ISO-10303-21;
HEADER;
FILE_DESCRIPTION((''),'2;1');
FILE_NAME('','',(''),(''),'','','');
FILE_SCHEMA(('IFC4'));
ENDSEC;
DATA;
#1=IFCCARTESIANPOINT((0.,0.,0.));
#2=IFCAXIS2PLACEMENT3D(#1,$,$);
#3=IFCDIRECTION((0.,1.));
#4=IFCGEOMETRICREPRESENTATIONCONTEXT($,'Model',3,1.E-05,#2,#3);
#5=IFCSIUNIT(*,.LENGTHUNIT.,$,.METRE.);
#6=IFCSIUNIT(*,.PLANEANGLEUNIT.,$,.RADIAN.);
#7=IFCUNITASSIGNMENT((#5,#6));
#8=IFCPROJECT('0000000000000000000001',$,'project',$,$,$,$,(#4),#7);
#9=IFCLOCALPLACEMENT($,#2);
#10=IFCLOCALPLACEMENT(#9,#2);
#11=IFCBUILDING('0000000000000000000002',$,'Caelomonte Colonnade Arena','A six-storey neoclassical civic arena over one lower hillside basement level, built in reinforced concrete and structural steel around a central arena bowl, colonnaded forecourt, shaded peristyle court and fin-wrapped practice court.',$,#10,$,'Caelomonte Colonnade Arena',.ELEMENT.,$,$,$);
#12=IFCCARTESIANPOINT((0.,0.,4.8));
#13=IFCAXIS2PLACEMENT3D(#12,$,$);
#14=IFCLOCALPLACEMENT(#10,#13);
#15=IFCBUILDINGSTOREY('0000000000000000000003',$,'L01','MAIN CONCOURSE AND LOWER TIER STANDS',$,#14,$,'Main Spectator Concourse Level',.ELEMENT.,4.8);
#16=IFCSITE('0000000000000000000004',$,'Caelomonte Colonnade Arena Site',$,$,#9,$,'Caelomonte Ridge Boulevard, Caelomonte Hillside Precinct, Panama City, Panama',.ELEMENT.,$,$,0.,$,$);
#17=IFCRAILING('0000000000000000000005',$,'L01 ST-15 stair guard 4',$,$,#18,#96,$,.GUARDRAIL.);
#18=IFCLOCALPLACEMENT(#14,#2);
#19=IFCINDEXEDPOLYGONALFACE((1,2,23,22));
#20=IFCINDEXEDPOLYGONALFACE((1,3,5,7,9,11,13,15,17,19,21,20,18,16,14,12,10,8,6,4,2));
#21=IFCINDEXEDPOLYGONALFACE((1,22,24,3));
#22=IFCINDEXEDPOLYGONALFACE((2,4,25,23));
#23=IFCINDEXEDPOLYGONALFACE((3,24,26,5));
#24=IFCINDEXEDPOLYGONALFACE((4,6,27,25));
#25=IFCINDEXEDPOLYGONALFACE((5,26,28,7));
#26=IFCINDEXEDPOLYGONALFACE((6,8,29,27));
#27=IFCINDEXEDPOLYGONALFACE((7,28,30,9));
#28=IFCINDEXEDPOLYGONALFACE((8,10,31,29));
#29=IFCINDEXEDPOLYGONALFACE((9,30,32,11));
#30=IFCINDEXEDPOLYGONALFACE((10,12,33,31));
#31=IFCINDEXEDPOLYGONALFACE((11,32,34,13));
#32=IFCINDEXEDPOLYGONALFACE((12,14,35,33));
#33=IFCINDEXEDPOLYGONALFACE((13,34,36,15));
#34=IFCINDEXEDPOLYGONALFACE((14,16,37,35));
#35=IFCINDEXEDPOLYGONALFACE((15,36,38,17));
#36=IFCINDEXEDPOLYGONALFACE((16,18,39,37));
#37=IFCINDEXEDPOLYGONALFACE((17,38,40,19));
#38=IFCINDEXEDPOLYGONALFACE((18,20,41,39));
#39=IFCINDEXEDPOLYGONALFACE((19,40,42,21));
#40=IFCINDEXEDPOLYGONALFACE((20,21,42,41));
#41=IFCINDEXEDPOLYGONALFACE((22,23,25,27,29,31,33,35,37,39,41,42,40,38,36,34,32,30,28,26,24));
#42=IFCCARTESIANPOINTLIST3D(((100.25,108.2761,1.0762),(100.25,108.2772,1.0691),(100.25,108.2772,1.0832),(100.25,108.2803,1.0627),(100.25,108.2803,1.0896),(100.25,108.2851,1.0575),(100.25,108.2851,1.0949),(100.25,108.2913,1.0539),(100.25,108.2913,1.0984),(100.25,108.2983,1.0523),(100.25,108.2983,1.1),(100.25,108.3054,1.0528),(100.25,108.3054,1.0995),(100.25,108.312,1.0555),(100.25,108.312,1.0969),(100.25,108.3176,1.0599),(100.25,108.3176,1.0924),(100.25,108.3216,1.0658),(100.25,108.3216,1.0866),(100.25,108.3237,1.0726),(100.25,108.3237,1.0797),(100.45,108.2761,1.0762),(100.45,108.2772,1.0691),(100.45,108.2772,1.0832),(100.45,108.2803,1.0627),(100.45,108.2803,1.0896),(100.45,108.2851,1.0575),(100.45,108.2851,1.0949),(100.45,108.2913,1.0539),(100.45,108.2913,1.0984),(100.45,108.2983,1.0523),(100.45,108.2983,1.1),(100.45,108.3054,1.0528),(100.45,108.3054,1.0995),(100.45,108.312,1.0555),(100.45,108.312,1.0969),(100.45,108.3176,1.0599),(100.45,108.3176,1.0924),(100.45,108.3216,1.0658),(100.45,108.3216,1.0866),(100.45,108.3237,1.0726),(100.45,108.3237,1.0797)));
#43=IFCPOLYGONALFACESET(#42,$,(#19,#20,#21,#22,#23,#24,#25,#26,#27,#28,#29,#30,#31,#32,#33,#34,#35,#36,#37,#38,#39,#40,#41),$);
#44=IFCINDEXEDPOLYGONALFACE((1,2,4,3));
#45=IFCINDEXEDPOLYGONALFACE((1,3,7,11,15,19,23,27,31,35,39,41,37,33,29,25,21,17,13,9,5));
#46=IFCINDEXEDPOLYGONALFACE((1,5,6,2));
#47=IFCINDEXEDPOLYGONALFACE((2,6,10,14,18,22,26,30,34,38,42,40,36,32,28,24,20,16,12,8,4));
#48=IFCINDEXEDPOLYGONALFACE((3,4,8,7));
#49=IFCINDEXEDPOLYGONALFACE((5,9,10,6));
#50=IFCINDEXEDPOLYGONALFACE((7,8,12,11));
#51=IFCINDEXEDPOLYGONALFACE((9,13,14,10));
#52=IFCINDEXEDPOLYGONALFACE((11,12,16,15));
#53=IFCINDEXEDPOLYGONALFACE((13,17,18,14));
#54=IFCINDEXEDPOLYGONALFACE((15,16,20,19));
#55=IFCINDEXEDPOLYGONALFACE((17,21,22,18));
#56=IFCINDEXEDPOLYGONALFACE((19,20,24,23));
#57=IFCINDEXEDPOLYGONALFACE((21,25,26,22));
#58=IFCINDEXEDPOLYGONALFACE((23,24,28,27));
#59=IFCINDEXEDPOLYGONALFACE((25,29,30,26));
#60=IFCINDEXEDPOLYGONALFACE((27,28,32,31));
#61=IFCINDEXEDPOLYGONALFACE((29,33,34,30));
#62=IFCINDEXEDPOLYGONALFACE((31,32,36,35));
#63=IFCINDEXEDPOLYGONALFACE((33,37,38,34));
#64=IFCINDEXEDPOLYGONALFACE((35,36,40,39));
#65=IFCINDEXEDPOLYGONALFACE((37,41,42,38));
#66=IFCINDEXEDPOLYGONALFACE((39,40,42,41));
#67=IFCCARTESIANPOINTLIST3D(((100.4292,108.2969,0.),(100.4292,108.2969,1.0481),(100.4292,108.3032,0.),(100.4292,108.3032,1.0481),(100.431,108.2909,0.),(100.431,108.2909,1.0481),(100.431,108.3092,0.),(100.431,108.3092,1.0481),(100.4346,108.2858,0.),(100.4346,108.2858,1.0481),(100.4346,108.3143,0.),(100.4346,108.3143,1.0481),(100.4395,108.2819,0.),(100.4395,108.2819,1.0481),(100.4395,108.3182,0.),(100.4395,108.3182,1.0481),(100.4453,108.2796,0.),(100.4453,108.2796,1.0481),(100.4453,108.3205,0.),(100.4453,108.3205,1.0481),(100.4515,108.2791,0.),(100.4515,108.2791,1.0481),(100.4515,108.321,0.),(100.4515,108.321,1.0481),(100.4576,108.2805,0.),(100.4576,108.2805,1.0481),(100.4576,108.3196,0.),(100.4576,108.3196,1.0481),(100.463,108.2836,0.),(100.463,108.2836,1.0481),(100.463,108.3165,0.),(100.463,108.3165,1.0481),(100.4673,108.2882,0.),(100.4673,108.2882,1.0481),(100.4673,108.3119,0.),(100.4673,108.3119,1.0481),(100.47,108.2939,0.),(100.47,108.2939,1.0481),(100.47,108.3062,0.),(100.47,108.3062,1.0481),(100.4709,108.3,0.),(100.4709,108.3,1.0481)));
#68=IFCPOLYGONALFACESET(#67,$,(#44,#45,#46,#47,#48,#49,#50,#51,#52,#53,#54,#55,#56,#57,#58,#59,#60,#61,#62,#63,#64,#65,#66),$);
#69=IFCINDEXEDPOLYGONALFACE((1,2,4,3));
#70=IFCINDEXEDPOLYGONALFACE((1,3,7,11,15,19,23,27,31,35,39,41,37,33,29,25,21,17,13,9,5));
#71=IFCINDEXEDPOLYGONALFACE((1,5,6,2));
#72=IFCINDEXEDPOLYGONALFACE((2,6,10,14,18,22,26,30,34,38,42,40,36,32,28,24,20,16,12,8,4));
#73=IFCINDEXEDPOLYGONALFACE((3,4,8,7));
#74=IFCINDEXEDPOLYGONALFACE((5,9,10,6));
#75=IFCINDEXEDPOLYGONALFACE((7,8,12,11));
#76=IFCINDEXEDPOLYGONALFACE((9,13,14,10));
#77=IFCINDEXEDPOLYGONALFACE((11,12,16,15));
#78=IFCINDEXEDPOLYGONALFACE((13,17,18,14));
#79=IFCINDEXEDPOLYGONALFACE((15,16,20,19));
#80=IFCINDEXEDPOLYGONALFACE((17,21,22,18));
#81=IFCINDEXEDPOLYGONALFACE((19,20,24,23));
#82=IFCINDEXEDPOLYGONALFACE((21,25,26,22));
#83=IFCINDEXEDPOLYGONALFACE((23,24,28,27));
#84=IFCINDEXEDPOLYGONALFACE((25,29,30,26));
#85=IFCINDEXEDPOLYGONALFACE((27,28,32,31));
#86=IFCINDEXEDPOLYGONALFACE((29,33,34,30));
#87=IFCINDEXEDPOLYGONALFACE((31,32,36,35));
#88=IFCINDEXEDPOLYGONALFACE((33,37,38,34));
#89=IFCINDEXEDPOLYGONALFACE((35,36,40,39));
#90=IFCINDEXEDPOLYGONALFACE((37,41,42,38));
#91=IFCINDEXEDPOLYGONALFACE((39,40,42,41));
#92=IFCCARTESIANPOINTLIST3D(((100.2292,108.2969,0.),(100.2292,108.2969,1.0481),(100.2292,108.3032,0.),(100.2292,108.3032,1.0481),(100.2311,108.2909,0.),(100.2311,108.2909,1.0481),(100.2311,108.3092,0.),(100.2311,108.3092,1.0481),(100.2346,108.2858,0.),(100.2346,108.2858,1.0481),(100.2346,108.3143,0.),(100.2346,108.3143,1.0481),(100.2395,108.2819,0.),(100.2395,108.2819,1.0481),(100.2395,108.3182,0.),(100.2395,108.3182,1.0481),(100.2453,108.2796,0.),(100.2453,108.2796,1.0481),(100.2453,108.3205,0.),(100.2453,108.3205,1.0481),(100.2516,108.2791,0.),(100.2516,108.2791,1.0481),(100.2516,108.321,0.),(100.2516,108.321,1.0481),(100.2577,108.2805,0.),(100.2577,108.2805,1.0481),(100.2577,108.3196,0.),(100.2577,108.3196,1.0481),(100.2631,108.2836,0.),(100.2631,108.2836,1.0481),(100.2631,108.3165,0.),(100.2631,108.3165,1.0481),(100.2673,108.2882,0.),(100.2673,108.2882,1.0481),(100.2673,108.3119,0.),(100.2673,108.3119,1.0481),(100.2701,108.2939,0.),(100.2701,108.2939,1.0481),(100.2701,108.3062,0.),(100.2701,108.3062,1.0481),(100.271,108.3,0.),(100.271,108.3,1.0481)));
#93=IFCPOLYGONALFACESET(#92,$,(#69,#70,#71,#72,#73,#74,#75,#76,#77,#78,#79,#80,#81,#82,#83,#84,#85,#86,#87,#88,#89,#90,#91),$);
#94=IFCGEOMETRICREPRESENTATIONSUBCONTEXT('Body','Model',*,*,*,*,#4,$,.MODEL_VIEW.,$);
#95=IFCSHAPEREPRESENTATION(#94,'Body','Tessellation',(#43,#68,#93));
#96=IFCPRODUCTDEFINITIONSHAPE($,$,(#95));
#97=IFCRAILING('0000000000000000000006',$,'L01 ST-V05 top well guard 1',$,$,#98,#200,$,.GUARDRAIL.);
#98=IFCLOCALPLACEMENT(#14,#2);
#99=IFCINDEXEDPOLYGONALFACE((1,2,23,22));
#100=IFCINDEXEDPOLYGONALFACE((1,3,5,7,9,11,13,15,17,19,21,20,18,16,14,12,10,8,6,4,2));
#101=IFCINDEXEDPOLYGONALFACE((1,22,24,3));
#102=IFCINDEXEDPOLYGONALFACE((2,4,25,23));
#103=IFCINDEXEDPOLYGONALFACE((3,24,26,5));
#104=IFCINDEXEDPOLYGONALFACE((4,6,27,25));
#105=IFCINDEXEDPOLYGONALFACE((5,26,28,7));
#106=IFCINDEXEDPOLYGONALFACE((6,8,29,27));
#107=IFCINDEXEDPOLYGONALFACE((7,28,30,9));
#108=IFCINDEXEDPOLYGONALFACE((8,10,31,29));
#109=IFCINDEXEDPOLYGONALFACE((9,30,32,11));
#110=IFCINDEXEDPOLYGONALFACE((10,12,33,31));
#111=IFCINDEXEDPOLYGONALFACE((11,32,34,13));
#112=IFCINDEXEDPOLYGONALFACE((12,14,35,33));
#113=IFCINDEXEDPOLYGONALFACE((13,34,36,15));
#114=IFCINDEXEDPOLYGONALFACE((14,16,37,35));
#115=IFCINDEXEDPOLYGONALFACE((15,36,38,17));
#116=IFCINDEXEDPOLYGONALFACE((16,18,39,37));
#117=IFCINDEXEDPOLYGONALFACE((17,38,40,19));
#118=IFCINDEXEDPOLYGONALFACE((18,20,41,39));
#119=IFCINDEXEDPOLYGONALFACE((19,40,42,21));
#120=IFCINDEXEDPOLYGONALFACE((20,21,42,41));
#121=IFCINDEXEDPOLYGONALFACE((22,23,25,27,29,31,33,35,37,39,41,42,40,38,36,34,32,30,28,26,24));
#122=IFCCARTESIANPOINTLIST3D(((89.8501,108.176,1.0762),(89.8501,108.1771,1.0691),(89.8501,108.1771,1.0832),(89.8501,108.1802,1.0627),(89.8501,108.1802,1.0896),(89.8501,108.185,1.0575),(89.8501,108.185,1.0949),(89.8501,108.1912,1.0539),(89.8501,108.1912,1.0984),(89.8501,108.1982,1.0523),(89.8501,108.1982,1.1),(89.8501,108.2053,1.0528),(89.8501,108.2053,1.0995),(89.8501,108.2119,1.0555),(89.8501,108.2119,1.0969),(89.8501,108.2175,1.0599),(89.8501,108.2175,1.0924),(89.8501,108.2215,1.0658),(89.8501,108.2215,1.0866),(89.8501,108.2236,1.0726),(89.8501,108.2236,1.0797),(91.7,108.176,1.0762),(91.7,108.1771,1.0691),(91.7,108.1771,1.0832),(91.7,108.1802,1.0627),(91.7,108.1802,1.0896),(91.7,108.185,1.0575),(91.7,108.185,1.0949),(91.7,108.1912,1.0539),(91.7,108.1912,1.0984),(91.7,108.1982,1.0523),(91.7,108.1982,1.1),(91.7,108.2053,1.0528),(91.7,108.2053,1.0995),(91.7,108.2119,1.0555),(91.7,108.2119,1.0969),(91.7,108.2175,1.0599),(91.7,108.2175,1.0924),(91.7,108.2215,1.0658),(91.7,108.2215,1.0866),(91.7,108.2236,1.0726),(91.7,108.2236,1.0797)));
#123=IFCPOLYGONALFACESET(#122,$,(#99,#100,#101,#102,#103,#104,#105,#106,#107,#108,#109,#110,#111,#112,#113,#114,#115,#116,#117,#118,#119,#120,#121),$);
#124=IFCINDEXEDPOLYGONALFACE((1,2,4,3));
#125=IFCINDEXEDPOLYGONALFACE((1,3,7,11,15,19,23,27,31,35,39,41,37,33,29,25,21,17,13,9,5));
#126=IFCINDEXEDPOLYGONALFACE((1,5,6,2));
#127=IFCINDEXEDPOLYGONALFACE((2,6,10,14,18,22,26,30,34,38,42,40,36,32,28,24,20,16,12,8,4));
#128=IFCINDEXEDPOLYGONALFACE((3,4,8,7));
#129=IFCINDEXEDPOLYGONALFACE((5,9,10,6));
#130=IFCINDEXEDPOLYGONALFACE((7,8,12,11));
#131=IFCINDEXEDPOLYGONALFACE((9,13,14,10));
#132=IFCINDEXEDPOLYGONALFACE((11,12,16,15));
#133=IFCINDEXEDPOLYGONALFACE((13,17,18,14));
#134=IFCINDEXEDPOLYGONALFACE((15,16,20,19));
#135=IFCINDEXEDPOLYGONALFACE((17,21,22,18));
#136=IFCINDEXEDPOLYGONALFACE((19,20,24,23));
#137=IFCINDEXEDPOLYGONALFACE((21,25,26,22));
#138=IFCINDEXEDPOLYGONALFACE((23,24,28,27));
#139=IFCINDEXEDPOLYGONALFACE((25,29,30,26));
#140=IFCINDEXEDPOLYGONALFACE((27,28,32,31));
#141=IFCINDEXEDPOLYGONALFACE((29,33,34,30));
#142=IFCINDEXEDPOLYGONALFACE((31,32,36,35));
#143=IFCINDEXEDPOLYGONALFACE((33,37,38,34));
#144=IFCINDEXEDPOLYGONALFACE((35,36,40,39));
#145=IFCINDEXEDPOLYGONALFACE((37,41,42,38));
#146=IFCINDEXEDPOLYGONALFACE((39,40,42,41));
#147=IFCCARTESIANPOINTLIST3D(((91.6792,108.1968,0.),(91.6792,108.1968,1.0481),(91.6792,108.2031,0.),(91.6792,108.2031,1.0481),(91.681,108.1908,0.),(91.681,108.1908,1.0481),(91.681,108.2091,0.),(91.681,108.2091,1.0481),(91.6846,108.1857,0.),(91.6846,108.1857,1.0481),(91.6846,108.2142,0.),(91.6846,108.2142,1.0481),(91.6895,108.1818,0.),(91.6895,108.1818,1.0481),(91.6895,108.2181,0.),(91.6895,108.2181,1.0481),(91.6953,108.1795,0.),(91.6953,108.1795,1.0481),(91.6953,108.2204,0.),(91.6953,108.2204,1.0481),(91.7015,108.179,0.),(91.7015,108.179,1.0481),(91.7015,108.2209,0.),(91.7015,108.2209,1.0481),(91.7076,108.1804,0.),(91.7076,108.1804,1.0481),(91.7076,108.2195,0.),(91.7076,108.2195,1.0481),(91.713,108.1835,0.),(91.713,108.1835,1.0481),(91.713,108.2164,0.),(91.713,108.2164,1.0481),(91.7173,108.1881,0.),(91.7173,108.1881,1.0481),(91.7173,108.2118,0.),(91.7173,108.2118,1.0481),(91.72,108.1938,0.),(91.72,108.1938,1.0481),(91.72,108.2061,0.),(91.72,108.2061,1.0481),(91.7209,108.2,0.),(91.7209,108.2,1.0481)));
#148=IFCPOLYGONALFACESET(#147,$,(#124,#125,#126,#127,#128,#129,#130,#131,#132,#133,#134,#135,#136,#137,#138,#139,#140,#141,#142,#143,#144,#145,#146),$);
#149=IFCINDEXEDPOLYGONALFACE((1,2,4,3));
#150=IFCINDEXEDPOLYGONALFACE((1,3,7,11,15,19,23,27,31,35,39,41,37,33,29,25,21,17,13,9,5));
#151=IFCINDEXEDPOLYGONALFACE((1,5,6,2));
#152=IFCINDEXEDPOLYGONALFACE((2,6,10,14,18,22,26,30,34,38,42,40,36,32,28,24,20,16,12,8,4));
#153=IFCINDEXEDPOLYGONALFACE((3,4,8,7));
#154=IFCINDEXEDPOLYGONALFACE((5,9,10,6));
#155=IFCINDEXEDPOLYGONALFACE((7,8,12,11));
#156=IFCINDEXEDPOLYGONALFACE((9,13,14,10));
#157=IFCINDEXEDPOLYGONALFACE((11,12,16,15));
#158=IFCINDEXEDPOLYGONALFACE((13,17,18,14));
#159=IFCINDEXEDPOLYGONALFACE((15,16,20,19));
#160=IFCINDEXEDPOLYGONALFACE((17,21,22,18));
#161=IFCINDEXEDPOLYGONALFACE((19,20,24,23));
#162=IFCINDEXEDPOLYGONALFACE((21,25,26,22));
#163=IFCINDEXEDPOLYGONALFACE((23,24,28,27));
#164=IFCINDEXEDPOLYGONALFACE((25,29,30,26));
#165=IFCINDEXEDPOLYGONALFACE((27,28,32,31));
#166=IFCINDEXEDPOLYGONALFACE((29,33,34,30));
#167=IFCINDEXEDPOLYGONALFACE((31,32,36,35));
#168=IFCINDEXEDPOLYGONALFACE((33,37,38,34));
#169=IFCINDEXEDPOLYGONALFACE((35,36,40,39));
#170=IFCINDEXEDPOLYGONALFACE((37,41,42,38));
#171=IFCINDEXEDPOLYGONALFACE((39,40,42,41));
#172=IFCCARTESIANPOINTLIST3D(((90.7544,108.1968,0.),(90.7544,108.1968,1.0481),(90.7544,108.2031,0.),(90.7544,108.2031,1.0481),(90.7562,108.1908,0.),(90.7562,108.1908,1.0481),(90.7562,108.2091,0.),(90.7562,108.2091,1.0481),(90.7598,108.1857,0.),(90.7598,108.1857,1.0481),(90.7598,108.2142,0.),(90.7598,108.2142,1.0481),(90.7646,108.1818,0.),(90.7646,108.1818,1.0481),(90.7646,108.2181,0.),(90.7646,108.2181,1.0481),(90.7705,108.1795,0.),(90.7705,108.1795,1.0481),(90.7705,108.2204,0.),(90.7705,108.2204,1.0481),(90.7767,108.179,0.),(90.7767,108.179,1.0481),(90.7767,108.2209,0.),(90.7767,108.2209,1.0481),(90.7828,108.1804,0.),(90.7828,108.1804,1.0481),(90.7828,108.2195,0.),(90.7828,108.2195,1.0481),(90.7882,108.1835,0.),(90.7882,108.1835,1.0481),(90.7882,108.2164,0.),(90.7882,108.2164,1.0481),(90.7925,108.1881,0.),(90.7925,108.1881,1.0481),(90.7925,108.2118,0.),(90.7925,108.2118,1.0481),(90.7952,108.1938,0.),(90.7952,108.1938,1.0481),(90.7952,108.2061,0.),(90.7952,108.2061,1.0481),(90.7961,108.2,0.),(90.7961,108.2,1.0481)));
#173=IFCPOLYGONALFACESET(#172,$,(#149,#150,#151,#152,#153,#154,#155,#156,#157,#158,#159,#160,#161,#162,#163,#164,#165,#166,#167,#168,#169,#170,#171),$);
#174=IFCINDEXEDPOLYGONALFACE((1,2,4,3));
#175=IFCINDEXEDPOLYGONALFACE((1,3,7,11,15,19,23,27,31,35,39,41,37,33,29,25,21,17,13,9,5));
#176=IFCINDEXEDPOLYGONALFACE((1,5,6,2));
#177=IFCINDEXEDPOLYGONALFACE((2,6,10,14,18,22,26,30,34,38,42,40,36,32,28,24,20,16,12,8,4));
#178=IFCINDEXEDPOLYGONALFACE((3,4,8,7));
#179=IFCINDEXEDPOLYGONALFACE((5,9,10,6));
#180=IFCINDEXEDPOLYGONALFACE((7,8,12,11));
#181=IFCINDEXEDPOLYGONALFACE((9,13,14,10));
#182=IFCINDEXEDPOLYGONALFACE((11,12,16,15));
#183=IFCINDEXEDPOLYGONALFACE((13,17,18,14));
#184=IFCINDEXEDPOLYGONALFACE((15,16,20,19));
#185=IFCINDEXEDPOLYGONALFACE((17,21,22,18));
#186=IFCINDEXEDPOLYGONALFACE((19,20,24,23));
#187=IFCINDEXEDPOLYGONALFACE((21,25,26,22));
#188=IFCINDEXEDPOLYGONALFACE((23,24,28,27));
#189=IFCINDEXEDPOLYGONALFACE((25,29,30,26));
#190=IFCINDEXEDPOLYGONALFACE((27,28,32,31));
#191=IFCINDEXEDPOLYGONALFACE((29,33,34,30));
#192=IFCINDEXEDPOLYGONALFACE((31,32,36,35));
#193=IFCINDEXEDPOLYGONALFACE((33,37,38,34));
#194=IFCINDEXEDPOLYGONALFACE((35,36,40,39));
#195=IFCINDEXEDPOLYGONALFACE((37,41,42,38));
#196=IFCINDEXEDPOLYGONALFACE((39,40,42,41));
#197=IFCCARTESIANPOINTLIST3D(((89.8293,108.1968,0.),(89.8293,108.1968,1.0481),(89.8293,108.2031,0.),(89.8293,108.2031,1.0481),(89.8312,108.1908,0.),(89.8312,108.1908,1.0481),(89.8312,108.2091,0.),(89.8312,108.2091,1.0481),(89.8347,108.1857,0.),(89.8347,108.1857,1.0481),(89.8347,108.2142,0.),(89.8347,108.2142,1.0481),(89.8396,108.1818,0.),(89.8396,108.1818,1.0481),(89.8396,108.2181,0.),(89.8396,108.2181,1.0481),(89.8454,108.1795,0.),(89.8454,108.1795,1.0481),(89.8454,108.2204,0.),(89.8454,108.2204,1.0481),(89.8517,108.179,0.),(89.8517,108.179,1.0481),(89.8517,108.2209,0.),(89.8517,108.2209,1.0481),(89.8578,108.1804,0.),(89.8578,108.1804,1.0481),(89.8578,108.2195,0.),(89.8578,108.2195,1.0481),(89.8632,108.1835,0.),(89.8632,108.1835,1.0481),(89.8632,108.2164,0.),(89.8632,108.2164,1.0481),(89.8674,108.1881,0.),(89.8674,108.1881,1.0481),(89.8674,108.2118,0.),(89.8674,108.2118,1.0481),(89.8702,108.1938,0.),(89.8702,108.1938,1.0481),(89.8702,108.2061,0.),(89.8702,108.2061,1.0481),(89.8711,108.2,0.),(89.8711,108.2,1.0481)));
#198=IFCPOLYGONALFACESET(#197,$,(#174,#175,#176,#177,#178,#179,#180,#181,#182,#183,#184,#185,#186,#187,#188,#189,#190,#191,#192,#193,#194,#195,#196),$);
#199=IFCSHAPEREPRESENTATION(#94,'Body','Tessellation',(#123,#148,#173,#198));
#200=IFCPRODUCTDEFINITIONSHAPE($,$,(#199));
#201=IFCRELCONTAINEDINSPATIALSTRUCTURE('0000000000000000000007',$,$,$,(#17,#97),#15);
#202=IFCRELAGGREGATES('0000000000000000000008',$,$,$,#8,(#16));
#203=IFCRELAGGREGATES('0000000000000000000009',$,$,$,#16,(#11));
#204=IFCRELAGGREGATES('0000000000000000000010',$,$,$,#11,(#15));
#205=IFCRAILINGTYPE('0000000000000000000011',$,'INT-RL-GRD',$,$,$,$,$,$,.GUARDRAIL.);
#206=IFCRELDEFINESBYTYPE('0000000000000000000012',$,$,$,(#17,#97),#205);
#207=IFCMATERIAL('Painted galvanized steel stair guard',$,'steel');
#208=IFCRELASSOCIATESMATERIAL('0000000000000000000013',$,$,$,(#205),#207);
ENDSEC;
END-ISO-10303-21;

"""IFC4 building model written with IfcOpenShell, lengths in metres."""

from ifc_helpers import new_model, si_unit, direction, frame, origin, origin_2d, place, context, subcontext, project, spatial, circle, extrude, material, type_object, element, save


model = new_model("IFC4")

# Units and contexts
model_context = context("Model", 3, precision=1e-05, world=origin(), true_north=direction((0.0, 1.0)))
body_context = subcontext(model_context, "Body", "Model", "MODEL_VIEW")
ifc_project = project(units=[si_unit("LENGTHUNIT", "METRE"), si_unit("PLANEANGLEUNIT", "RADIAN")], contexts=[model_context])

# Site, building, storey
site_placement = place(None, origin())
site = spatial("IfcSite", under=ifc_project, at=site_placement, Name="Caelomonte Colonnade Arena Site", LongName="Caelomonte Ridge Boulevard, Caelomonte Hillside Precinct, Panama City, Panama", CompositionType="ELEMENT", RefElevation=0.0)
building_placement = place(site_placement, origin())
building = spatial("IfcBuilding", under=site, at=building_placement, Name="Caelomonte Colonnade Arena", Description="A six-storey neoclassical civic arena over one lower hillside basement level, built in reinforced concrete and structural steel around a central arena bowl, colonnaded forecourt, shaded peristyle court and fin-wrapped practice court.", LongName="Caelomonte Colonnade Arena", CompositionType="ELEMENT")
storey_placement = place(building_placement, frame((0.0, 0.0, 4.8)))
storey = spatial("IfcBuildingStorey", under=building, at=storey_placement, Name="L01", Description="MAIN CONCOURSE AND LOWER TIER STANDS", LongName="Main Spectator Concourse Level", CompositionType="ELEMENT", Elevation=4.8)

# Railings
ifc_material_1 = material(Name="Painted galvanized steel stair guard", Category="steel")
railing_type_1 = type_object("IfcRailingType", Name="INT-RL-GRD", PredefinedType="GUARDRAIL", material=ifc_material_1)
railing_1_placement = place(storey_placement, frame((100.45, 108.3, 0.0)))
element("IfcRailing", 1, at=railing_1_placement, inside=storey, type_object=railing_type_1, Name="L01 ST-15 stair guard 4", PredefinedType="GUARDRAIL", context=body_context, shape_type="SweptSolid", body=[
    extrude(circle(Radius=0.0239, at=origin_2d()), frame((0.0, 0.0, 1.0762), z_axis=(-1.0, 0.0, 0.0), x_axis=(0.0, -1.0, 0.0)), (0.0, 0.0, 1.0), 0.2),
    extrude(circle(Radius=0.021, at=origin_2d()), origin(), (0.0, 0.0, 1.0), 1.0481),
    extrude(circle(Radius=0.021, at=origin_2d()), frame((-0.2, 0.0, 0.0)), (0.0, 0.0, 1.0), 1.0481),
])
railing_2_placement = place(storey_placement, frame((91.7, 108.2, 0.0)))
element("IfcRailing", 2, at=railing_2_placement, inside=storey, type_object=railing_type_1, Name="L01 ST-V05 top well guard 1", PredefinedType="GUARDRAIL", context=body_context, shape_type="SweptSolid", body=[
    extrude(circle(Radius=0.0239, at=origin_2d()), frame((0.0, 0.0, 1.0762), z_axis=(-1.0, 0.0, 0.0), x_axis=(0.0, -1.0, 0.0)), (0.0, 0.0, 1.0), 1.8499),
    extrude(circle(Radius=0.021, at=origin_2d()), origin(), (0.0, 0.0, 1.0), 1.0481),
    extrude(circle(Radius=0.021, at=origin_2d()), frame((-0.9248, 0.0, 0.0)), (0.0, 0.0, 1.0), 1.0481),
    extrude(circle(Radius=0.021, at=origin_2d()), frame((-1.8499, 0.0, 0.0)), (0.0, 0.0, 1.0), 1.0481),
])

save(model, "model.ifc")
